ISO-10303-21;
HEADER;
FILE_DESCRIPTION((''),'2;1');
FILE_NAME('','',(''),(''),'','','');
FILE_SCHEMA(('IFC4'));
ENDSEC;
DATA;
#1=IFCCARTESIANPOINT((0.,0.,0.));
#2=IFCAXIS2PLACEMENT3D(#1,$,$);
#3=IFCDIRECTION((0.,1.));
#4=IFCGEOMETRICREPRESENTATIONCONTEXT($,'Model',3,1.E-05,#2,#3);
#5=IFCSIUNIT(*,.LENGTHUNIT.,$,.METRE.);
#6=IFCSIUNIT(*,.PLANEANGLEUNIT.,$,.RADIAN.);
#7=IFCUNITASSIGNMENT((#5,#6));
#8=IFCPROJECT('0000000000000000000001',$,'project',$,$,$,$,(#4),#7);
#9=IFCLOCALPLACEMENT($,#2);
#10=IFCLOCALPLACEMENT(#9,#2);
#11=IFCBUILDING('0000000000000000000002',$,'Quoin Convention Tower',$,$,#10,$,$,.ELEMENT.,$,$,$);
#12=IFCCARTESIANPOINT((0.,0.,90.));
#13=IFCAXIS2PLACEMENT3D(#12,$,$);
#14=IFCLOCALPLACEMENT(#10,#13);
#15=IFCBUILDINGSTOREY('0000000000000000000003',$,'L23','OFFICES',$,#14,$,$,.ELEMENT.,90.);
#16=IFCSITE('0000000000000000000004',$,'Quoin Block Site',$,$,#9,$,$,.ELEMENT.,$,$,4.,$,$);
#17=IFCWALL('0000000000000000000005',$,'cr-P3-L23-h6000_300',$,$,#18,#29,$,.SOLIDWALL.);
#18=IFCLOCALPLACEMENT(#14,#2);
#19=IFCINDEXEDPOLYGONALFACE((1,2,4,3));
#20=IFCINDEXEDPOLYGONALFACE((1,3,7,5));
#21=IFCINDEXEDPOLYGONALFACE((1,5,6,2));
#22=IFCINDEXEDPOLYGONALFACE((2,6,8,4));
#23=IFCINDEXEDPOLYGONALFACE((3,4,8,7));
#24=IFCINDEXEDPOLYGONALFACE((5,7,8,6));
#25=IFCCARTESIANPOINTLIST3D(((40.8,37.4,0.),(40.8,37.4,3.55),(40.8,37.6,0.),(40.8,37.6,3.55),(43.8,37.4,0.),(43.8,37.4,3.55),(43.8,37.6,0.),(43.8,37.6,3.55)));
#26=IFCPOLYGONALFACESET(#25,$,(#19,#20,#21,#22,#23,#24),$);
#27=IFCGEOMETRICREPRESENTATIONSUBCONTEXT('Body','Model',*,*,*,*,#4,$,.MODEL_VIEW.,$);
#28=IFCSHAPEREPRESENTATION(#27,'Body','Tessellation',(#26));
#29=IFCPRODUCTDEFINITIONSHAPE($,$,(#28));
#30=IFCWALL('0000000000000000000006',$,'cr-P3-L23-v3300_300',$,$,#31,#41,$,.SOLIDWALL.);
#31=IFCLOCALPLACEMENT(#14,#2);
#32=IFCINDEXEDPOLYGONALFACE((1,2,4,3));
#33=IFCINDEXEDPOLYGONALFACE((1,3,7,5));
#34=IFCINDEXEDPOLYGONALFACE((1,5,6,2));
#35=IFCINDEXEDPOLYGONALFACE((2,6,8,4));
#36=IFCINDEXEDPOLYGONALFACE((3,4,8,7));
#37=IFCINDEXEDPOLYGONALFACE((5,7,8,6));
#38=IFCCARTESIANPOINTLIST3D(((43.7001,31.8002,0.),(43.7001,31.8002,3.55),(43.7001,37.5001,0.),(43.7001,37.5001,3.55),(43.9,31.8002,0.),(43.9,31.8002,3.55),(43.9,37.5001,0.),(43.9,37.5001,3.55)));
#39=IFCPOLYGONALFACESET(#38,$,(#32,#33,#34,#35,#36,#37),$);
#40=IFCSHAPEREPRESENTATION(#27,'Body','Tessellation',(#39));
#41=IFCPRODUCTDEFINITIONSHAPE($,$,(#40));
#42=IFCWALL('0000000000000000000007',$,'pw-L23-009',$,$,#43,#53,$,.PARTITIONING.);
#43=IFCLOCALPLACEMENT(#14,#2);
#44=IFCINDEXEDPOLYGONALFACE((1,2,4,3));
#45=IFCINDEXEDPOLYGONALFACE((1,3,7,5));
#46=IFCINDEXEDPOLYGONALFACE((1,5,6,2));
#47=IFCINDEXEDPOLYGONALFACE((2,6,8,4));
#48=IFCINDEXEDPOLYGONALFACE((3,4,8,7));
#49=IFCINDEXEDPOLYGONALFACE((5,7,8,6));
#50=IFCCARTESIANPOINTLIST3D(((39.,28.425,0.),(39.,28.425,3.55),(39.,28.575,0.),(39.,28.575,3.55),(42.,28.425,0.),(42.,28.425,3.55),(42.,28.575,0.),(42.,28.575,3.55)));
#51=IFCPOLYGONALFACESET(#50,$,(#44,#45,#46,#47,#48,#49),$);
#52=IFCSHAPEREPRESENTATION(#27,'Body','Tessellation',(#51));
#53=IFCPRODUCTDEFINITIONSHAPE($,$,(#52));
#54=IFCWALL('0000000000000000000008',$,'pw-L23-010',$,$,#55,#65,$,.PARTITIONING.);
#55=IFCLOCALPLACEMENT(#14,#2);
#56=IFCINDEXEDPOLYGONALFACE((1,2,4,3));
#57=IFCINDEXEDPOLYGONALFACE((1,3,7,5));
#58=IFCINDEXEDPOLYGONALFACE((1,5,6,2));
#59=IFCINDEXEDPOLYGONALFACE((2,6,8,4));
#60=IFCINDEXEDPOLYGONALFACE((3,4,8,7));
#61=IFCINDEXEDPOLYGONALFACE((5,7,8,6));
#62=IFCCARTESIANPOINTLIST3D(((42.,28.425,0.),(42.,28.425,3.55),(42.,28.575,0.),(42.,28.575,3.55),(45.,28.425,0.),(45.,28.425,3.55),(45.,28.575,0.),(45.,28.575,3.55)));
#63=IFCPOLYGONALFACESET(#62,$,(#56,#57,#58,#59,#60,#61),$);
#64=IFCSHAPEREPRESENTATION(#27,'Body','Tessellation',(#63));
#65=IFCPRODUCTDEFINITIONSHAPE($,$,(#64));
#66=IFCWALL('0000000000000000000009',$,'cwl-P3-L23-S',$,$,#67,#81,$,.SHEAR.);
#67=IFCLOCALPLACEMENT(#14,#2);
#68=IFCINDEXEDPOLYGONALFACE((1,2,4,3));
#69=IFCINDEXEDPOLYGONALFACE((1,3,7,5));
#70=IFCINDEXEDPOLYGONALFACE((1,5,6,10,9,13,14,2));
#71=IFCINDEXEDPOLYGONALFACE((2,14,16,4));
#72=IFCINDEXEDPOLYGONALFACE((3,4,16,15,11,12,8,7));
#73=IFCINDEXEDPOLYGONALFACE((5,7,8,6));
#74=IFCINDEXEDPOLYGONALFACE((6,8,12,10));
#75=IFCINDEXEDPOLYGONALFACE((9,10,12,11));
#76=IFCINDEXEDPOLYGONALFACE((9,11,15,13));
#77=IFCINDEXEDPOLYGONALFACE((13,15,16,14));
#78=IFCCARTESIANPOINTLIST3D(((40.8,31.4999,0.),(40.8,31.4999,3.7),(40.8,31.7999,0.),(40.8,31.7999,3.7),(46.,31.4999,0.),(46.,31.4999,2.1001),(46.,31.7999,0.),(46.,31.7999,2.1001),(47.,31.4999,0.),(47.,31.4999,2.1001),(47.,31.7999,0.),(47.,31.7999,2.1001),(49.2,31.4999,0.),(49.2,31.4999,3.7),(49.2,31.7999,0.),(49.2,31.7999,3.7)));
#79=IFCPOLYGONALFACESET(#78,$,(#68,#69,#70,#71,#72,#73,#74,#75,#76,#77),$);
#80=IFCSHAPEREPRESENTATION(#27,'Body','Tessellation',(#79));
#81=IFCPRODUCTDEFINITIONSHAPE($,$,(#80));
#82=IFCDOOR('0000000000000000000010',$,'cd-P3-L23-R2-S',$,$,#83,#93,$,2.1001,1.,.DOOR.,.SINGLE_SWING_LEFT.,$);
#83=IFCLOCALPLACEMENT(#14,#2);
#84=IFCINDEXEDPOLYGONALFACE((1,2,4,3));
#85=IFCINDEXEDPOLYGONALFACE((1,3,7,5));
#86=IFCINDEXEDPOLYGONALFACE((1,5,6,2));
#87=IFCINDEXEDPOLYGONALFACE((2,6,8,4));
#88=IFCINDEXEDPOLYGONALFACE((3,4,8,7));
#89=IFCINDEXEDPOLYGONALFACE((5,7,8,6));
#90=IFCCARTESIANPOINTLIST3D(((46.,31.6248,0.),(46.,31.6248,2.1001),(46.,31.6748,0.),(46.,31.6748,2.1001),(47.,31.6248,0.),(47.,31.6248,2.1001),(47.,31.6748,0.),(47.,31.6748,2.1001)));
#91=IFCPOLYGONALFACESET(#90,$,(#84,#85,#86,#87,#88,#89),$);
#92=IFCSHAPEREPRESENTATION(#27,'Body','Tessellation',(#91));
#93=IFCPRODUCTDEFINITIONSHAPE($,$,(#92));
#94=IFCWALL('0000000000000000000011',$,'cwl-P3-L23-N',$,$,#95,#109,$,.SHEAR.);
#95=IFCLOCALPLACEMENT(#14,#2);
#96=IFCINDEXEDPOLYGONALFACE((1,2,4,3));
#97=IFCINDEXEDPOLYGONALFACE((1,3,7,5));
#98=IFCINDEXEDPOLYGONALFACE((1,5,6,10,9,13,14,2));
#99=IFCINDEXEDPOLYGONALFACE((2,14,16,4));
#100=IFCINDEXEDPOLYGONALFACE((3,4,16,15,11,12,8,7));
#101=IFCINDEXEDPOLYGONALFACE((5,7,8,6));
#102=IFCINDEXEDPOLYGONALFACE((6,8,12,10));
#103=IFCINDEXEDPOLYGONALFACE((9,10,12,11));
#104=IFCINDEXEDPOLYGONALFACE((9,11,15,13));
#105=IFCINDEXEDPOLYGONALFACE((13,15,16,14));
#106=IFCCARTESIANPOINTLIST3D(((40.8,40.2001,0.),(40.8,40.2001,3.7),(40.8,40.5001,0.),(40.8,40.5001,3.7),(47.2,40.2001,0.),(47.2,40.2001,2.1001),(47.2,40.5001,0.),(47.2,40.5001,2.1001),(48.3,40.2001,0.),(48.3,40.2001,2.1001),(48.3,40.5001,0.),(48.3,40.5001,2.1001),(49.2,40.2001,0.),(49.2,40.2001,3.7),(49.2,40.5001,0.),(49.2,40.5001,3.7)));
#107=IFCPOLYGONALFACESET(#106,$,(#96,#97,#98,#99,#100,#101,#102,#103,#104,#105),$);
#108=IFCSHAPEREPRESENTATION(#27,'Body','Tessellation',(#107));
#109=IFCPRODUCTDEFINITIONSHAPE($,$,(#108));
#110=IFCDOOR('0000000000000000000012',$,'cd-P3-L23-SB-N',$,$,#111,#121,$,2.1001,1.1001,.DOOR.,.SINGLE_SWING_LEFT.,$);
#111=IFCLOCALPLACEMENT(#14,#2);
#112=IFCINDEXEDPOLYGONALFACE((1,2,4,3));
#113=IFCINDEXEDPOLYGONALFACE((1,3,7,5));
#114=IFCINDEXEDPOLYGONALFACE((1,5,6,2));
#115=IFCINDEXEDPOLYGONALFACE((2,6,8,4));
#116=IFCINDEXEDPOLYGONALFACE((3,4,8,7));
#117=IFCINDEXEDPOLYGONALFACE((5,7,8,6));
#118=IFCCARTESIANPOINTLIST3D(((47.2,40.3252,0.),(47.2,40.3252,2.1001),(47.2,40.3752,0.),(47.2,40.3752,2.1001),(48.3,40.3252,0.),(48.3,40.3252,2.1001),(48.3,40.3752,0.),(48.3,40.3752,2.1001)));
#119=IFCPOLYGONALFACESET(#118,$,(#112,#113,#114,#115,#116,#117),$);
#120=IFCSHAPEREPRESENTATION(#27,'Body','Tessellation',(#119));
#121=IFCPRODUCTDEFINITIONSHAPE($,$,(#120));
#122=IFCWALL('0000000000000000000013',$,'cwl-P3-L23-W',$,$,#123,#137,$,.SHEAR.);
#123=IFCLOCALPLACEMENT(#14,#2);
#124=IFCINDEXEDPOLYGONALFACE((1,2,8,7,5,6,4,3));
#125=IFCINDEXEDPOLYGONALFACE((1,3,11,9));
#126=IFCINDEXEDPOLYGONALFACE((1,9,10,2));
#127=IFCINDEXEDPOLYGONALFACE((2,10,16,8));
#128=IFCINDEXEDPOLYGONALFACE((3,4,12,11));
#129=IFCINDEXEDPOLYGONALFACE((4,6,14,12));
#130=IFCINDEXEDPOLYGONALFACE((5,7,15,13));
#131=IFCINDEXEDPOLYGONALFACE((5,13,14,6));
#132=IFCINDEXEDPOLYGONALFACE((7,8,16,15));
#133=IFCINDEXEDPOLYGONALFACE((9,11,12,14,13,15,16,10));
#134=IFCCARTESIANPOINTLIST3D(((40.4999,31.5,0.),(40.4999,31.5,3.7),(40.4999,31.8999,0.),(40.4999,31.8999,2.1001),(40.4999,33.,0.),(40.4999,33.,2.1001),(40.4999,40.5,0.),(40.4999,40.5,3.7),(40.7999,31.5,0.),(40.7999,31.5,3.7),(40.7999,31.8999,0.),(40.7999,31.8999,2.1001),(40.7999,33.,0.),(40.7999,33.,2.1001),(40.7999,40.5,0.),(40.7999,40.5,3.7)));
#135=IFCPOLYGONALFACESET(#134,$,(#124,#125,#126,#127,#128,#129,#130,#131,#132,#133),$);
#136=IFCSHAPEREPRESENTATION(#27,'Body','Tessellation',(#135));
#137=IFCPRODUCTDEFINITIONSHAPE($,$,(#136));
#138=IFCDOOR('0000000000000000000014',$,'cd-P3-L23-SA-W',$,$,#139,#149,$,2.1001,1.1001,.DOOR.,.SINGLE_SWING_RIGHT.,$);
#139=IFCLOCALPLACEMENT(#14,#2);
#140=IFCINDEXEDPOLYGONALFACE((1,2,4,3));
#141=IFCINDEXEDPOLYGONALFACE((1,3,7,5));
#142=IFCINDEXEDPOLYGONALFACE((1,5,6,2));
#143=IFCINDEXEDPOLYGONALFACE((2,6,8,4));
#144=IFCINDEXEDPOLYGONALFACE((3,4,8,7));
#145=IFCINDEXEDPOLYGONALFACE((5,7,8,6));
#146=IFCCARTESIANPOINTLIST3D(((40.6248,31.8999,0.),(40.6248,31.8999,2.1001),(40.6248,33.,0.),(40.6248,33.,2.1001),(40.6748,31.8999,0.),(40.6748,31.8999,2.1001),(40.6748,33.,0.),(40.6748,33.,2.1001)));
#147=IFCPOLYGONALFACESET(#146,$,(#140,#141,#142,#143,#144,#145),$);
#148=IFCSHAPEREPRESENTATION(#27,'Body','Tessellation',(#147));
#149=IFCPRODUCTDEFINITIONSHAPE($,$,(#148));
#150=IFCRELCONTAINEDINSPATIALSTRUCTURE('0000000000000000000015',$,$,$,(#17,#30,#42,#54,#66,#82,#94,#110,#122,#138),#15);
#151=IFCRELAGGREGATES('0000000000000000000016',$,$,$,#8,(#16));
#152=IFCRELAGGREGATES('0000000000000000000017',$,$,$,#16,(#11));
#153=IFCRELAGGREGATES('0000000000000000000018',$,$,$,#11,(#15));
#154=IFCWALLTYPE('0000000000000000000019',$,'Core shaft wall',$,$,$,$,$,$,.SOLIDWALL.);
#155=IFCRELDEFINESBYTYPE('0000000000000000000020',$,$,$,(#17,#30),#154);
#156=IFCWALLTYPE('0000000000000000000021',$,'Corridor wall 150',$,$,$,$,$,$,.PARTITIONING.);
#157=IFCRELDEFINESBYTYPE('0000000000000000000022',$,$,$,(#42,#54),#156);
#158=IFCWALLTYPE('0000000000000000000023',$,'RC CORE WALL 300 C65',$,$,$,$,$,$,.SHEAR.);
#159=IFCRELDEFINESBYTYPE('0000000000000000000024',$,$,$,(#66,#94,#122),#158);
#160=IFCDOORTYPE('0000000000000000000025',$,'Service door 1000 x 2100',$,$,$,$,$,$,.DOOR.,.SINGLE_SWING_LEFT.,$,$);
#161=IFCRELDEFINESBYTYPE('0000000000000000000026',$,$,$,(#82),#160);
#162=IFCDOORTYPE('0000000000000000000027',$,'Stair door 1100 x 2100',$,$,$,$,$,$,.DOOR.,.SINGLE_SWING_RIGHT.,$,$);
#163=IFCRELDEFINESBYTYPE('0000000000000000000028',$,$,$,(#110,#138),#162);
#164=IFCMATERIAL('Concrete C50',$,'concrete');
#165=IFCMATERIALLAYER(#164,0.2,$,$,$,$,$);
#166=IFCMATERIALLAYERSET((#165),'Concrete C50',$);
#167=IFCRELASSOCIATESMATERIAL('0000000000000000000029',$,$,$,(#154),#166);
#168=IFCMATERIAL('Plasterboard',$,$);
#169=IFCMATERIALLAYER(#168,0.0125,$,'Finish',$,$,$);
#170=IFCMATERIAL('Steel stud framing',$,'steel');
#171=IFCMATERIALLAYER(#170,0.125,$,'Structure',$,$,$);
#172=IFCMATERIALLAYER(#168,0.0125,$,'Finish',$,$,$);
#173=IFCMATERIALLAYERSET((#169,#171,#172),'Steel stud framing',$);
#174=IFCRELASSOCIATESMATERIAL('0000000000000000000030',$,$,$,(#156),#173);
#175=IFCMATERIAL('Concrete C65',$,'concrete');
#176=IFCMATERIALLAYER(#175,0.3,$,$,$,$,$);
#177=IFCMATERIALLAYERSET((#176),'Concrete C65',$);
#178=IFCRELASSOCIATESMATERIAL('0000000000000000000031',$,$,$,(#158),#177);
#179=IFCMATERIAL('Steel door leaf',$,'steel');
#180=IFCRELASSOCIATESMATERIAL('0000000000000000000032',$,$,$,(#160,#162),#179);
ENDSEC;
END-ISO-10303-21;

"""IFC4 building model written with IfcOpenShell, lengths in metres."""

from ifc_helpers import new_model, si_unit, direction, frame, frame_2d, origin, place, context, subcontext, project, spatial, rectangle, extrude, material, layer, layer_set, type_object, element, fill, save


model = new_model("IFC4")

# Units and contexts
model_context = context("Model", 3, precision=1e-05, world=origin(), true_north=direction((0.0, 1.0)))
body_context = subcontext(model_context, "Body", "Model", "MODEL_VIEW")
ifc_project = project(units=[si_unit("LENGTHUNIT", "METRE"), si_unit("PLANEANGLEUNIT", "RADIAN")], contexts=[model_context])

# Site, building, storey
site_placement = place(None, origin())
site = spatial("IfcSite", under=ifc_project, at=site_placement, Name="Quoin Block Site", CompositionType="ELEMENT", RefElevation=4.0)
building_placement = place(site_placement, origin())
building = spatial("IfcBuilding", under=site, at=building_placement, Name="Quoin Convention Tower", CompositionType="ELEMENT")
storey_placement = place(building_placement, frame((0.0, 0.0, 90.0)))
storey = spatial("IfcBuildingStorey", under=building, at=storey_placement, Name="L23", Description="OFFICES", CompositionType="ELEMENT", Elevation=90.0)

# Shared definitions
ifc_material_1 = material(Name="Concrete C65", Category="concrete")

# Walls
ifc_material_2 = material(Name="Concrete C50", Category="concrete")
ifc_layer_1 = layer(ifc_material_2, 0.2)
ifc_layer_set_1 = layer_set([ifc_layer_1], Name="Concrete C50")
wall_type_1 = type_object("IfcWallType", Name="Core shaft wall", PredefinedType="SOLIDWALL", material=ifc_layer_set_1)
wall_1_placement = place(storey_placement, frame((40.8, 37.5, 0.0), z_axis=(0.0, 0.0, 1.0), x_axis=(1.0, 0.0, 0.0)))
element("IfcWall", 1, at=wall_1_placement, inside=storey, type_object=wall_type_1, Name="cr-P3-L23-h6000_300", PredefinedType="SOLIDWALL", context=body_context, shape_type="SweptSolid", body=[
    extrude(rectangle(XDim=3.0, YDim=0.2, at=frame_2d((1.5, 0.0))), origin(), (0.0, 0.0, 1.0), 3.55),
])
wall_2_placement = place(storey_placement, frame((43.8, 31.8, 0.0), z_axis=(0.0, 0.0, 1.0), x_axis=(0.0, 1.0, 0.0)))
element("IfcWall", 2, at=wall_2_placement, inside=storey, type_object=wall_type_1, Name="cr-P3-L23-v3300_300", PredefinedType="SOLIDWALL", context=body_context, shape_type="SweptSolid", body=[
    extrude(rectangle(XDim=5.7, YDim=0.2, at=frame_2d((2.8501, 0.0))), origin(), (0.0, 0.0, 1.0), 3.55),
])
ifc_material_3 = material(Name="Plasterboard")
ifc_layer_2 = layer(ifc_material_3, 0.0125, Name="Finish")
ifc_material_4 = material(Name="Steel stud framing", Category="steel")
ifc_layer_3 = layer(ifc_material_4, 0.125, Name="Structure")
ifc_layer_4 = layer(ifc_material_3, 0.0125, Name="Finish")
ifc_layer_set_2 = layer_set([ifc_layer_2, ifc_layer_3, ifc_layer_4], Name="Steel stud framing")
wall_type_2 = type_object("IfcWallType", Name="Corridor wall 150", PredefinedType="PARTITIONING", material=ifc_layer_set_2)
for number, where, z_axis, x_axis, name in (
    (3, (39.0, 28.5, 0.0), (0.0, 0.0, 1.0), (1.0, 0.0, 0.0), "pw-L23-009"),
    (4, (42.0, 28.5, 0.0), (0.0, 0.0, 1.0), (1.0, 0.0, 0.0), "pw-L23-010"),
):
    element("IfcWall", number, at=place(storey_placement, frame(where, z_axis=z_axis, x_axis=x_axis)), inside=storey, type_object=wall_type_2, Name=name, PredefinedType="PARTITIONING", context=body_context, shape_type="SweptSolid", body=[
        extrude(rectangle(XDim=3.0, YDim=0.1499, at=frame_2d((1.5, 0.0))), origin(), (0.0, 0.0, 1.0), 3.55),
    ])

# Walls, openings, doors
ifc_layer_5 = layer(ifc_material_1, 0.3)
ifc_layer_set_3 = layer_set([ifc_layer_5], Name="Concrete C65")
wall_type_3 = type_object("IfcWallType", Name="RC CORE WALL 300 C65", PredefinedType="SHEAR", material=ifc_layer_set_3)
wall_3_placement = place(storey_placement, frame((40.8, 31.6499, 0.0), z_axis=(0.0, 0.0, 1.0), x_axis=(1.0, 0.0, 0.0)))
wall_3 = element("IfcWall", 5, at=wall_3_placement, inside=storey, type_object=wall_type_3, Name="cwl-P3-L23-S", PredefinedType="SHEAR", context=body_context, shape_type="SweptSolid", body=[
    extrude(rectangle(XDim=8.3999, YDim=0.3, at=frame_2d((4.2, 0.0))), origin(), (0.0, 0.0, 1.0), 3.7),
])
opening_1_placement = place(wall_3_placement, frame((5.2, 0.0, 0.0)))
opening_1 = element("IfcOpeningElement", 6, at=opening_1_placement, cuts=wall_3, PredefinedType="OPENING", context=body_context, shape_type="SweptSolid", body=[
    extrude(rectangle(XDim=1.0, YDim=2.1001, at=frame_2d((0.5, 1.05))), frame((0.0, 0.1599, 0.0), z_axis=(0.0, -1.0, 0.0), x_axis=(1.0, 0.0, 0.0)), (0.0, 0.0, 1.0), 0.3201),
])
ifc_material_5 = material(Name="Steel door leaf", Category="steel")
door_type_1 = type_object("IfcDoorType", Name="Service door 1000 x 2100", OperationType="SINGLE_SWING_LEFT", PredefinedType="DOOR", material=ifc_material_5)
door_1_placement = place(opening_1_placement, origin())
door_1 = element("IfcDoor", 7, at=door_1_placement, inside=storey, type_object=door_type_1, Name="cd-P3-L23-R2-S", OperationType="SINGLE_SWING_LEFT", OverallHeight=2.1001, OverallWidth=1.0, PredefinedType="DOOR", context=body_context, shape_type="SweptSolid", body=[
    extrude(rectangle(XDim=1.0, YDim=2.1001, at=frame_2d((0.5, 1.05))), frame((0.0, 0.0249, 0.0), z_axis=(0.0, -1.0, 0.0), x_axis=(1.0, 0.0, 0.0)), (0.0, 0.0, 1.0), 0.05),
])
fill(opening_1, door_1)
wall_4_placement = place(storey_placement, frame((40.8, 40.3501, 0.0), z_axis=(0.0, 0.0, 1.0), x_axis=(1.0, 0.0, 0.0)))
wall_4 = element("IfcWall", 8, at=wall_4_placement, inside=storey, type_object=wall_type_3, Name="cwl-P3-L23-N", PredefinedType="SHEAR", context=body_context, shape_type="SweptSolid", body=[
    extrude(rectangle(XDim=8.3999, YDim=0.3, at=frame_2d((4.2, 0.0))), origin(), (0.0, 0.0, 1.0), 3.7),
])
opening_2_placement = place(wall_4_placement, frame((6.3999, 0.0, 0.0)))
opening_2 = element("IfcOpeningElement", 9, at=opening_2_placement, cuts=wall_4, PredefinedType="OPENING", context=body_context, shape_type="SweptSolid", body=[
    extrude(rectangle(XDim=1.1001, YDim=2.1001, at=frame_2d((0.55, 1.05))), frame((0.0, 0.1599, 0.0), z_axis=(0.0, -1.0, 0.0), x_axis=(1.0, 0.0, 0.0)), (0.0, 0.0, 1.0), 0.3201),
])
door_type_2 = type_object("IfcDoorType", Name="Stair door 1100 x 2100", OperationType="SINGLE_SWING_RIGHT", PredefinedType="DOOR", material=ifc_material_5)
door_2_placement = place(opening_2_placement, frame((1.1001, 0.0, 0.0), z_axis=(0.0, 0.0, 1.0), x_axis=(-1.0, 0.0, 0.0)))
door_2 = element("IfcDoor", 10, at=door_2_placement, inside=storey, type_object=door_type_2, Name="cd-P3-L23-SB-N", OperationType="SINGLE_SWING_LEFT", OverallHeight=2.1001, OverallWidth=1.1001, PredefinedType="DOOR", context=body_context, shape_type="SweptSolid", body=[
    extrude(rectangle(XDim=1.1001, YDim=2.1001, at=frame_2d((0.55, 1.05))), frame((0.0, 0.0249, 0.0), z_axis=(0.0, -1.0, 0.0), x_axis=(1.0, 0.0, 0.0)), (0.0, 0.0, 1.0), 0.05),
])
fill(opening_2, door_2)
wall_5_placement = place(storey_placement, frame((40.6499, 31.5, 0.0), z_axis=(0.0, 0.0, 1.0), x_axis=(0.0, 1.0, 0.0)))
wall_5 = element("IfcWall", 11, at=wall_5_placement, inside=storey, type_object=wall_type_3, Name="cwl-P3-L23-W", PredefinedType="SHEAR", context=body_context, shape_type="SweptSolid", body=[
    extrude(rectangle(XDim=9.0, YDim=0.3, at=frame_2d((4.5, 0.0))), origin(), (0.0, 0.0, 1.0), 3.7),
])
opening_3_placement = place(wall_5_placement, frame((0.3999, 0.0, 0.0)))
opening_3 = element("IfcOpeningElement", 12, at=opening_3_placement, cuts=wall_5, PredefinedType="OPENING", context=body_context, shape_type="SweptSolid", body=[
    extrude(rectangle(XDim=1.1001, YDim=2.1001, at=frame_2d((0.55, 1.05))), frame((0.0, 0.1599, 0.0), z_axis=(0.0, -1.0, 0.0), x_axis=(1.0, 0.0, 0.0)), (0.0, 0.0, 1.0), 0.3201),
])
door_3_placement = place(opening_3_placement, frame((1.1001, 0.0, 0.0), z_axis=(0.0, 0.0, 1.0), x_axis=(-1.0, 0.0, 0.0)))
door_3 = element("IfcDoor", 13, at=door_3_placement, inside=storey, type_object=door_type_2, Name="cd-P3-L23-SA-W", OperationType="SINGLE_SWING_RIGHT", OverallHeight=2.1001, OverallWidth=1.1001, PredefinedType="DOOR", context=body_context, shape_type="SweptSolid", body=[
    extrude(rectangle(XDim=1.1001, YDim=2.1001, at=frame_2d((0.55, 1.05))), frame((0.0, 0.0249, 0.0), z_axis=(0.0, -1.0, 0.0), x_axis=(1.0, 0.0, 0.0)), (0.0, 0.0, 1.0), 0.05),
])
fill(opening_3, door_3)

save(model, "model.ifc")
